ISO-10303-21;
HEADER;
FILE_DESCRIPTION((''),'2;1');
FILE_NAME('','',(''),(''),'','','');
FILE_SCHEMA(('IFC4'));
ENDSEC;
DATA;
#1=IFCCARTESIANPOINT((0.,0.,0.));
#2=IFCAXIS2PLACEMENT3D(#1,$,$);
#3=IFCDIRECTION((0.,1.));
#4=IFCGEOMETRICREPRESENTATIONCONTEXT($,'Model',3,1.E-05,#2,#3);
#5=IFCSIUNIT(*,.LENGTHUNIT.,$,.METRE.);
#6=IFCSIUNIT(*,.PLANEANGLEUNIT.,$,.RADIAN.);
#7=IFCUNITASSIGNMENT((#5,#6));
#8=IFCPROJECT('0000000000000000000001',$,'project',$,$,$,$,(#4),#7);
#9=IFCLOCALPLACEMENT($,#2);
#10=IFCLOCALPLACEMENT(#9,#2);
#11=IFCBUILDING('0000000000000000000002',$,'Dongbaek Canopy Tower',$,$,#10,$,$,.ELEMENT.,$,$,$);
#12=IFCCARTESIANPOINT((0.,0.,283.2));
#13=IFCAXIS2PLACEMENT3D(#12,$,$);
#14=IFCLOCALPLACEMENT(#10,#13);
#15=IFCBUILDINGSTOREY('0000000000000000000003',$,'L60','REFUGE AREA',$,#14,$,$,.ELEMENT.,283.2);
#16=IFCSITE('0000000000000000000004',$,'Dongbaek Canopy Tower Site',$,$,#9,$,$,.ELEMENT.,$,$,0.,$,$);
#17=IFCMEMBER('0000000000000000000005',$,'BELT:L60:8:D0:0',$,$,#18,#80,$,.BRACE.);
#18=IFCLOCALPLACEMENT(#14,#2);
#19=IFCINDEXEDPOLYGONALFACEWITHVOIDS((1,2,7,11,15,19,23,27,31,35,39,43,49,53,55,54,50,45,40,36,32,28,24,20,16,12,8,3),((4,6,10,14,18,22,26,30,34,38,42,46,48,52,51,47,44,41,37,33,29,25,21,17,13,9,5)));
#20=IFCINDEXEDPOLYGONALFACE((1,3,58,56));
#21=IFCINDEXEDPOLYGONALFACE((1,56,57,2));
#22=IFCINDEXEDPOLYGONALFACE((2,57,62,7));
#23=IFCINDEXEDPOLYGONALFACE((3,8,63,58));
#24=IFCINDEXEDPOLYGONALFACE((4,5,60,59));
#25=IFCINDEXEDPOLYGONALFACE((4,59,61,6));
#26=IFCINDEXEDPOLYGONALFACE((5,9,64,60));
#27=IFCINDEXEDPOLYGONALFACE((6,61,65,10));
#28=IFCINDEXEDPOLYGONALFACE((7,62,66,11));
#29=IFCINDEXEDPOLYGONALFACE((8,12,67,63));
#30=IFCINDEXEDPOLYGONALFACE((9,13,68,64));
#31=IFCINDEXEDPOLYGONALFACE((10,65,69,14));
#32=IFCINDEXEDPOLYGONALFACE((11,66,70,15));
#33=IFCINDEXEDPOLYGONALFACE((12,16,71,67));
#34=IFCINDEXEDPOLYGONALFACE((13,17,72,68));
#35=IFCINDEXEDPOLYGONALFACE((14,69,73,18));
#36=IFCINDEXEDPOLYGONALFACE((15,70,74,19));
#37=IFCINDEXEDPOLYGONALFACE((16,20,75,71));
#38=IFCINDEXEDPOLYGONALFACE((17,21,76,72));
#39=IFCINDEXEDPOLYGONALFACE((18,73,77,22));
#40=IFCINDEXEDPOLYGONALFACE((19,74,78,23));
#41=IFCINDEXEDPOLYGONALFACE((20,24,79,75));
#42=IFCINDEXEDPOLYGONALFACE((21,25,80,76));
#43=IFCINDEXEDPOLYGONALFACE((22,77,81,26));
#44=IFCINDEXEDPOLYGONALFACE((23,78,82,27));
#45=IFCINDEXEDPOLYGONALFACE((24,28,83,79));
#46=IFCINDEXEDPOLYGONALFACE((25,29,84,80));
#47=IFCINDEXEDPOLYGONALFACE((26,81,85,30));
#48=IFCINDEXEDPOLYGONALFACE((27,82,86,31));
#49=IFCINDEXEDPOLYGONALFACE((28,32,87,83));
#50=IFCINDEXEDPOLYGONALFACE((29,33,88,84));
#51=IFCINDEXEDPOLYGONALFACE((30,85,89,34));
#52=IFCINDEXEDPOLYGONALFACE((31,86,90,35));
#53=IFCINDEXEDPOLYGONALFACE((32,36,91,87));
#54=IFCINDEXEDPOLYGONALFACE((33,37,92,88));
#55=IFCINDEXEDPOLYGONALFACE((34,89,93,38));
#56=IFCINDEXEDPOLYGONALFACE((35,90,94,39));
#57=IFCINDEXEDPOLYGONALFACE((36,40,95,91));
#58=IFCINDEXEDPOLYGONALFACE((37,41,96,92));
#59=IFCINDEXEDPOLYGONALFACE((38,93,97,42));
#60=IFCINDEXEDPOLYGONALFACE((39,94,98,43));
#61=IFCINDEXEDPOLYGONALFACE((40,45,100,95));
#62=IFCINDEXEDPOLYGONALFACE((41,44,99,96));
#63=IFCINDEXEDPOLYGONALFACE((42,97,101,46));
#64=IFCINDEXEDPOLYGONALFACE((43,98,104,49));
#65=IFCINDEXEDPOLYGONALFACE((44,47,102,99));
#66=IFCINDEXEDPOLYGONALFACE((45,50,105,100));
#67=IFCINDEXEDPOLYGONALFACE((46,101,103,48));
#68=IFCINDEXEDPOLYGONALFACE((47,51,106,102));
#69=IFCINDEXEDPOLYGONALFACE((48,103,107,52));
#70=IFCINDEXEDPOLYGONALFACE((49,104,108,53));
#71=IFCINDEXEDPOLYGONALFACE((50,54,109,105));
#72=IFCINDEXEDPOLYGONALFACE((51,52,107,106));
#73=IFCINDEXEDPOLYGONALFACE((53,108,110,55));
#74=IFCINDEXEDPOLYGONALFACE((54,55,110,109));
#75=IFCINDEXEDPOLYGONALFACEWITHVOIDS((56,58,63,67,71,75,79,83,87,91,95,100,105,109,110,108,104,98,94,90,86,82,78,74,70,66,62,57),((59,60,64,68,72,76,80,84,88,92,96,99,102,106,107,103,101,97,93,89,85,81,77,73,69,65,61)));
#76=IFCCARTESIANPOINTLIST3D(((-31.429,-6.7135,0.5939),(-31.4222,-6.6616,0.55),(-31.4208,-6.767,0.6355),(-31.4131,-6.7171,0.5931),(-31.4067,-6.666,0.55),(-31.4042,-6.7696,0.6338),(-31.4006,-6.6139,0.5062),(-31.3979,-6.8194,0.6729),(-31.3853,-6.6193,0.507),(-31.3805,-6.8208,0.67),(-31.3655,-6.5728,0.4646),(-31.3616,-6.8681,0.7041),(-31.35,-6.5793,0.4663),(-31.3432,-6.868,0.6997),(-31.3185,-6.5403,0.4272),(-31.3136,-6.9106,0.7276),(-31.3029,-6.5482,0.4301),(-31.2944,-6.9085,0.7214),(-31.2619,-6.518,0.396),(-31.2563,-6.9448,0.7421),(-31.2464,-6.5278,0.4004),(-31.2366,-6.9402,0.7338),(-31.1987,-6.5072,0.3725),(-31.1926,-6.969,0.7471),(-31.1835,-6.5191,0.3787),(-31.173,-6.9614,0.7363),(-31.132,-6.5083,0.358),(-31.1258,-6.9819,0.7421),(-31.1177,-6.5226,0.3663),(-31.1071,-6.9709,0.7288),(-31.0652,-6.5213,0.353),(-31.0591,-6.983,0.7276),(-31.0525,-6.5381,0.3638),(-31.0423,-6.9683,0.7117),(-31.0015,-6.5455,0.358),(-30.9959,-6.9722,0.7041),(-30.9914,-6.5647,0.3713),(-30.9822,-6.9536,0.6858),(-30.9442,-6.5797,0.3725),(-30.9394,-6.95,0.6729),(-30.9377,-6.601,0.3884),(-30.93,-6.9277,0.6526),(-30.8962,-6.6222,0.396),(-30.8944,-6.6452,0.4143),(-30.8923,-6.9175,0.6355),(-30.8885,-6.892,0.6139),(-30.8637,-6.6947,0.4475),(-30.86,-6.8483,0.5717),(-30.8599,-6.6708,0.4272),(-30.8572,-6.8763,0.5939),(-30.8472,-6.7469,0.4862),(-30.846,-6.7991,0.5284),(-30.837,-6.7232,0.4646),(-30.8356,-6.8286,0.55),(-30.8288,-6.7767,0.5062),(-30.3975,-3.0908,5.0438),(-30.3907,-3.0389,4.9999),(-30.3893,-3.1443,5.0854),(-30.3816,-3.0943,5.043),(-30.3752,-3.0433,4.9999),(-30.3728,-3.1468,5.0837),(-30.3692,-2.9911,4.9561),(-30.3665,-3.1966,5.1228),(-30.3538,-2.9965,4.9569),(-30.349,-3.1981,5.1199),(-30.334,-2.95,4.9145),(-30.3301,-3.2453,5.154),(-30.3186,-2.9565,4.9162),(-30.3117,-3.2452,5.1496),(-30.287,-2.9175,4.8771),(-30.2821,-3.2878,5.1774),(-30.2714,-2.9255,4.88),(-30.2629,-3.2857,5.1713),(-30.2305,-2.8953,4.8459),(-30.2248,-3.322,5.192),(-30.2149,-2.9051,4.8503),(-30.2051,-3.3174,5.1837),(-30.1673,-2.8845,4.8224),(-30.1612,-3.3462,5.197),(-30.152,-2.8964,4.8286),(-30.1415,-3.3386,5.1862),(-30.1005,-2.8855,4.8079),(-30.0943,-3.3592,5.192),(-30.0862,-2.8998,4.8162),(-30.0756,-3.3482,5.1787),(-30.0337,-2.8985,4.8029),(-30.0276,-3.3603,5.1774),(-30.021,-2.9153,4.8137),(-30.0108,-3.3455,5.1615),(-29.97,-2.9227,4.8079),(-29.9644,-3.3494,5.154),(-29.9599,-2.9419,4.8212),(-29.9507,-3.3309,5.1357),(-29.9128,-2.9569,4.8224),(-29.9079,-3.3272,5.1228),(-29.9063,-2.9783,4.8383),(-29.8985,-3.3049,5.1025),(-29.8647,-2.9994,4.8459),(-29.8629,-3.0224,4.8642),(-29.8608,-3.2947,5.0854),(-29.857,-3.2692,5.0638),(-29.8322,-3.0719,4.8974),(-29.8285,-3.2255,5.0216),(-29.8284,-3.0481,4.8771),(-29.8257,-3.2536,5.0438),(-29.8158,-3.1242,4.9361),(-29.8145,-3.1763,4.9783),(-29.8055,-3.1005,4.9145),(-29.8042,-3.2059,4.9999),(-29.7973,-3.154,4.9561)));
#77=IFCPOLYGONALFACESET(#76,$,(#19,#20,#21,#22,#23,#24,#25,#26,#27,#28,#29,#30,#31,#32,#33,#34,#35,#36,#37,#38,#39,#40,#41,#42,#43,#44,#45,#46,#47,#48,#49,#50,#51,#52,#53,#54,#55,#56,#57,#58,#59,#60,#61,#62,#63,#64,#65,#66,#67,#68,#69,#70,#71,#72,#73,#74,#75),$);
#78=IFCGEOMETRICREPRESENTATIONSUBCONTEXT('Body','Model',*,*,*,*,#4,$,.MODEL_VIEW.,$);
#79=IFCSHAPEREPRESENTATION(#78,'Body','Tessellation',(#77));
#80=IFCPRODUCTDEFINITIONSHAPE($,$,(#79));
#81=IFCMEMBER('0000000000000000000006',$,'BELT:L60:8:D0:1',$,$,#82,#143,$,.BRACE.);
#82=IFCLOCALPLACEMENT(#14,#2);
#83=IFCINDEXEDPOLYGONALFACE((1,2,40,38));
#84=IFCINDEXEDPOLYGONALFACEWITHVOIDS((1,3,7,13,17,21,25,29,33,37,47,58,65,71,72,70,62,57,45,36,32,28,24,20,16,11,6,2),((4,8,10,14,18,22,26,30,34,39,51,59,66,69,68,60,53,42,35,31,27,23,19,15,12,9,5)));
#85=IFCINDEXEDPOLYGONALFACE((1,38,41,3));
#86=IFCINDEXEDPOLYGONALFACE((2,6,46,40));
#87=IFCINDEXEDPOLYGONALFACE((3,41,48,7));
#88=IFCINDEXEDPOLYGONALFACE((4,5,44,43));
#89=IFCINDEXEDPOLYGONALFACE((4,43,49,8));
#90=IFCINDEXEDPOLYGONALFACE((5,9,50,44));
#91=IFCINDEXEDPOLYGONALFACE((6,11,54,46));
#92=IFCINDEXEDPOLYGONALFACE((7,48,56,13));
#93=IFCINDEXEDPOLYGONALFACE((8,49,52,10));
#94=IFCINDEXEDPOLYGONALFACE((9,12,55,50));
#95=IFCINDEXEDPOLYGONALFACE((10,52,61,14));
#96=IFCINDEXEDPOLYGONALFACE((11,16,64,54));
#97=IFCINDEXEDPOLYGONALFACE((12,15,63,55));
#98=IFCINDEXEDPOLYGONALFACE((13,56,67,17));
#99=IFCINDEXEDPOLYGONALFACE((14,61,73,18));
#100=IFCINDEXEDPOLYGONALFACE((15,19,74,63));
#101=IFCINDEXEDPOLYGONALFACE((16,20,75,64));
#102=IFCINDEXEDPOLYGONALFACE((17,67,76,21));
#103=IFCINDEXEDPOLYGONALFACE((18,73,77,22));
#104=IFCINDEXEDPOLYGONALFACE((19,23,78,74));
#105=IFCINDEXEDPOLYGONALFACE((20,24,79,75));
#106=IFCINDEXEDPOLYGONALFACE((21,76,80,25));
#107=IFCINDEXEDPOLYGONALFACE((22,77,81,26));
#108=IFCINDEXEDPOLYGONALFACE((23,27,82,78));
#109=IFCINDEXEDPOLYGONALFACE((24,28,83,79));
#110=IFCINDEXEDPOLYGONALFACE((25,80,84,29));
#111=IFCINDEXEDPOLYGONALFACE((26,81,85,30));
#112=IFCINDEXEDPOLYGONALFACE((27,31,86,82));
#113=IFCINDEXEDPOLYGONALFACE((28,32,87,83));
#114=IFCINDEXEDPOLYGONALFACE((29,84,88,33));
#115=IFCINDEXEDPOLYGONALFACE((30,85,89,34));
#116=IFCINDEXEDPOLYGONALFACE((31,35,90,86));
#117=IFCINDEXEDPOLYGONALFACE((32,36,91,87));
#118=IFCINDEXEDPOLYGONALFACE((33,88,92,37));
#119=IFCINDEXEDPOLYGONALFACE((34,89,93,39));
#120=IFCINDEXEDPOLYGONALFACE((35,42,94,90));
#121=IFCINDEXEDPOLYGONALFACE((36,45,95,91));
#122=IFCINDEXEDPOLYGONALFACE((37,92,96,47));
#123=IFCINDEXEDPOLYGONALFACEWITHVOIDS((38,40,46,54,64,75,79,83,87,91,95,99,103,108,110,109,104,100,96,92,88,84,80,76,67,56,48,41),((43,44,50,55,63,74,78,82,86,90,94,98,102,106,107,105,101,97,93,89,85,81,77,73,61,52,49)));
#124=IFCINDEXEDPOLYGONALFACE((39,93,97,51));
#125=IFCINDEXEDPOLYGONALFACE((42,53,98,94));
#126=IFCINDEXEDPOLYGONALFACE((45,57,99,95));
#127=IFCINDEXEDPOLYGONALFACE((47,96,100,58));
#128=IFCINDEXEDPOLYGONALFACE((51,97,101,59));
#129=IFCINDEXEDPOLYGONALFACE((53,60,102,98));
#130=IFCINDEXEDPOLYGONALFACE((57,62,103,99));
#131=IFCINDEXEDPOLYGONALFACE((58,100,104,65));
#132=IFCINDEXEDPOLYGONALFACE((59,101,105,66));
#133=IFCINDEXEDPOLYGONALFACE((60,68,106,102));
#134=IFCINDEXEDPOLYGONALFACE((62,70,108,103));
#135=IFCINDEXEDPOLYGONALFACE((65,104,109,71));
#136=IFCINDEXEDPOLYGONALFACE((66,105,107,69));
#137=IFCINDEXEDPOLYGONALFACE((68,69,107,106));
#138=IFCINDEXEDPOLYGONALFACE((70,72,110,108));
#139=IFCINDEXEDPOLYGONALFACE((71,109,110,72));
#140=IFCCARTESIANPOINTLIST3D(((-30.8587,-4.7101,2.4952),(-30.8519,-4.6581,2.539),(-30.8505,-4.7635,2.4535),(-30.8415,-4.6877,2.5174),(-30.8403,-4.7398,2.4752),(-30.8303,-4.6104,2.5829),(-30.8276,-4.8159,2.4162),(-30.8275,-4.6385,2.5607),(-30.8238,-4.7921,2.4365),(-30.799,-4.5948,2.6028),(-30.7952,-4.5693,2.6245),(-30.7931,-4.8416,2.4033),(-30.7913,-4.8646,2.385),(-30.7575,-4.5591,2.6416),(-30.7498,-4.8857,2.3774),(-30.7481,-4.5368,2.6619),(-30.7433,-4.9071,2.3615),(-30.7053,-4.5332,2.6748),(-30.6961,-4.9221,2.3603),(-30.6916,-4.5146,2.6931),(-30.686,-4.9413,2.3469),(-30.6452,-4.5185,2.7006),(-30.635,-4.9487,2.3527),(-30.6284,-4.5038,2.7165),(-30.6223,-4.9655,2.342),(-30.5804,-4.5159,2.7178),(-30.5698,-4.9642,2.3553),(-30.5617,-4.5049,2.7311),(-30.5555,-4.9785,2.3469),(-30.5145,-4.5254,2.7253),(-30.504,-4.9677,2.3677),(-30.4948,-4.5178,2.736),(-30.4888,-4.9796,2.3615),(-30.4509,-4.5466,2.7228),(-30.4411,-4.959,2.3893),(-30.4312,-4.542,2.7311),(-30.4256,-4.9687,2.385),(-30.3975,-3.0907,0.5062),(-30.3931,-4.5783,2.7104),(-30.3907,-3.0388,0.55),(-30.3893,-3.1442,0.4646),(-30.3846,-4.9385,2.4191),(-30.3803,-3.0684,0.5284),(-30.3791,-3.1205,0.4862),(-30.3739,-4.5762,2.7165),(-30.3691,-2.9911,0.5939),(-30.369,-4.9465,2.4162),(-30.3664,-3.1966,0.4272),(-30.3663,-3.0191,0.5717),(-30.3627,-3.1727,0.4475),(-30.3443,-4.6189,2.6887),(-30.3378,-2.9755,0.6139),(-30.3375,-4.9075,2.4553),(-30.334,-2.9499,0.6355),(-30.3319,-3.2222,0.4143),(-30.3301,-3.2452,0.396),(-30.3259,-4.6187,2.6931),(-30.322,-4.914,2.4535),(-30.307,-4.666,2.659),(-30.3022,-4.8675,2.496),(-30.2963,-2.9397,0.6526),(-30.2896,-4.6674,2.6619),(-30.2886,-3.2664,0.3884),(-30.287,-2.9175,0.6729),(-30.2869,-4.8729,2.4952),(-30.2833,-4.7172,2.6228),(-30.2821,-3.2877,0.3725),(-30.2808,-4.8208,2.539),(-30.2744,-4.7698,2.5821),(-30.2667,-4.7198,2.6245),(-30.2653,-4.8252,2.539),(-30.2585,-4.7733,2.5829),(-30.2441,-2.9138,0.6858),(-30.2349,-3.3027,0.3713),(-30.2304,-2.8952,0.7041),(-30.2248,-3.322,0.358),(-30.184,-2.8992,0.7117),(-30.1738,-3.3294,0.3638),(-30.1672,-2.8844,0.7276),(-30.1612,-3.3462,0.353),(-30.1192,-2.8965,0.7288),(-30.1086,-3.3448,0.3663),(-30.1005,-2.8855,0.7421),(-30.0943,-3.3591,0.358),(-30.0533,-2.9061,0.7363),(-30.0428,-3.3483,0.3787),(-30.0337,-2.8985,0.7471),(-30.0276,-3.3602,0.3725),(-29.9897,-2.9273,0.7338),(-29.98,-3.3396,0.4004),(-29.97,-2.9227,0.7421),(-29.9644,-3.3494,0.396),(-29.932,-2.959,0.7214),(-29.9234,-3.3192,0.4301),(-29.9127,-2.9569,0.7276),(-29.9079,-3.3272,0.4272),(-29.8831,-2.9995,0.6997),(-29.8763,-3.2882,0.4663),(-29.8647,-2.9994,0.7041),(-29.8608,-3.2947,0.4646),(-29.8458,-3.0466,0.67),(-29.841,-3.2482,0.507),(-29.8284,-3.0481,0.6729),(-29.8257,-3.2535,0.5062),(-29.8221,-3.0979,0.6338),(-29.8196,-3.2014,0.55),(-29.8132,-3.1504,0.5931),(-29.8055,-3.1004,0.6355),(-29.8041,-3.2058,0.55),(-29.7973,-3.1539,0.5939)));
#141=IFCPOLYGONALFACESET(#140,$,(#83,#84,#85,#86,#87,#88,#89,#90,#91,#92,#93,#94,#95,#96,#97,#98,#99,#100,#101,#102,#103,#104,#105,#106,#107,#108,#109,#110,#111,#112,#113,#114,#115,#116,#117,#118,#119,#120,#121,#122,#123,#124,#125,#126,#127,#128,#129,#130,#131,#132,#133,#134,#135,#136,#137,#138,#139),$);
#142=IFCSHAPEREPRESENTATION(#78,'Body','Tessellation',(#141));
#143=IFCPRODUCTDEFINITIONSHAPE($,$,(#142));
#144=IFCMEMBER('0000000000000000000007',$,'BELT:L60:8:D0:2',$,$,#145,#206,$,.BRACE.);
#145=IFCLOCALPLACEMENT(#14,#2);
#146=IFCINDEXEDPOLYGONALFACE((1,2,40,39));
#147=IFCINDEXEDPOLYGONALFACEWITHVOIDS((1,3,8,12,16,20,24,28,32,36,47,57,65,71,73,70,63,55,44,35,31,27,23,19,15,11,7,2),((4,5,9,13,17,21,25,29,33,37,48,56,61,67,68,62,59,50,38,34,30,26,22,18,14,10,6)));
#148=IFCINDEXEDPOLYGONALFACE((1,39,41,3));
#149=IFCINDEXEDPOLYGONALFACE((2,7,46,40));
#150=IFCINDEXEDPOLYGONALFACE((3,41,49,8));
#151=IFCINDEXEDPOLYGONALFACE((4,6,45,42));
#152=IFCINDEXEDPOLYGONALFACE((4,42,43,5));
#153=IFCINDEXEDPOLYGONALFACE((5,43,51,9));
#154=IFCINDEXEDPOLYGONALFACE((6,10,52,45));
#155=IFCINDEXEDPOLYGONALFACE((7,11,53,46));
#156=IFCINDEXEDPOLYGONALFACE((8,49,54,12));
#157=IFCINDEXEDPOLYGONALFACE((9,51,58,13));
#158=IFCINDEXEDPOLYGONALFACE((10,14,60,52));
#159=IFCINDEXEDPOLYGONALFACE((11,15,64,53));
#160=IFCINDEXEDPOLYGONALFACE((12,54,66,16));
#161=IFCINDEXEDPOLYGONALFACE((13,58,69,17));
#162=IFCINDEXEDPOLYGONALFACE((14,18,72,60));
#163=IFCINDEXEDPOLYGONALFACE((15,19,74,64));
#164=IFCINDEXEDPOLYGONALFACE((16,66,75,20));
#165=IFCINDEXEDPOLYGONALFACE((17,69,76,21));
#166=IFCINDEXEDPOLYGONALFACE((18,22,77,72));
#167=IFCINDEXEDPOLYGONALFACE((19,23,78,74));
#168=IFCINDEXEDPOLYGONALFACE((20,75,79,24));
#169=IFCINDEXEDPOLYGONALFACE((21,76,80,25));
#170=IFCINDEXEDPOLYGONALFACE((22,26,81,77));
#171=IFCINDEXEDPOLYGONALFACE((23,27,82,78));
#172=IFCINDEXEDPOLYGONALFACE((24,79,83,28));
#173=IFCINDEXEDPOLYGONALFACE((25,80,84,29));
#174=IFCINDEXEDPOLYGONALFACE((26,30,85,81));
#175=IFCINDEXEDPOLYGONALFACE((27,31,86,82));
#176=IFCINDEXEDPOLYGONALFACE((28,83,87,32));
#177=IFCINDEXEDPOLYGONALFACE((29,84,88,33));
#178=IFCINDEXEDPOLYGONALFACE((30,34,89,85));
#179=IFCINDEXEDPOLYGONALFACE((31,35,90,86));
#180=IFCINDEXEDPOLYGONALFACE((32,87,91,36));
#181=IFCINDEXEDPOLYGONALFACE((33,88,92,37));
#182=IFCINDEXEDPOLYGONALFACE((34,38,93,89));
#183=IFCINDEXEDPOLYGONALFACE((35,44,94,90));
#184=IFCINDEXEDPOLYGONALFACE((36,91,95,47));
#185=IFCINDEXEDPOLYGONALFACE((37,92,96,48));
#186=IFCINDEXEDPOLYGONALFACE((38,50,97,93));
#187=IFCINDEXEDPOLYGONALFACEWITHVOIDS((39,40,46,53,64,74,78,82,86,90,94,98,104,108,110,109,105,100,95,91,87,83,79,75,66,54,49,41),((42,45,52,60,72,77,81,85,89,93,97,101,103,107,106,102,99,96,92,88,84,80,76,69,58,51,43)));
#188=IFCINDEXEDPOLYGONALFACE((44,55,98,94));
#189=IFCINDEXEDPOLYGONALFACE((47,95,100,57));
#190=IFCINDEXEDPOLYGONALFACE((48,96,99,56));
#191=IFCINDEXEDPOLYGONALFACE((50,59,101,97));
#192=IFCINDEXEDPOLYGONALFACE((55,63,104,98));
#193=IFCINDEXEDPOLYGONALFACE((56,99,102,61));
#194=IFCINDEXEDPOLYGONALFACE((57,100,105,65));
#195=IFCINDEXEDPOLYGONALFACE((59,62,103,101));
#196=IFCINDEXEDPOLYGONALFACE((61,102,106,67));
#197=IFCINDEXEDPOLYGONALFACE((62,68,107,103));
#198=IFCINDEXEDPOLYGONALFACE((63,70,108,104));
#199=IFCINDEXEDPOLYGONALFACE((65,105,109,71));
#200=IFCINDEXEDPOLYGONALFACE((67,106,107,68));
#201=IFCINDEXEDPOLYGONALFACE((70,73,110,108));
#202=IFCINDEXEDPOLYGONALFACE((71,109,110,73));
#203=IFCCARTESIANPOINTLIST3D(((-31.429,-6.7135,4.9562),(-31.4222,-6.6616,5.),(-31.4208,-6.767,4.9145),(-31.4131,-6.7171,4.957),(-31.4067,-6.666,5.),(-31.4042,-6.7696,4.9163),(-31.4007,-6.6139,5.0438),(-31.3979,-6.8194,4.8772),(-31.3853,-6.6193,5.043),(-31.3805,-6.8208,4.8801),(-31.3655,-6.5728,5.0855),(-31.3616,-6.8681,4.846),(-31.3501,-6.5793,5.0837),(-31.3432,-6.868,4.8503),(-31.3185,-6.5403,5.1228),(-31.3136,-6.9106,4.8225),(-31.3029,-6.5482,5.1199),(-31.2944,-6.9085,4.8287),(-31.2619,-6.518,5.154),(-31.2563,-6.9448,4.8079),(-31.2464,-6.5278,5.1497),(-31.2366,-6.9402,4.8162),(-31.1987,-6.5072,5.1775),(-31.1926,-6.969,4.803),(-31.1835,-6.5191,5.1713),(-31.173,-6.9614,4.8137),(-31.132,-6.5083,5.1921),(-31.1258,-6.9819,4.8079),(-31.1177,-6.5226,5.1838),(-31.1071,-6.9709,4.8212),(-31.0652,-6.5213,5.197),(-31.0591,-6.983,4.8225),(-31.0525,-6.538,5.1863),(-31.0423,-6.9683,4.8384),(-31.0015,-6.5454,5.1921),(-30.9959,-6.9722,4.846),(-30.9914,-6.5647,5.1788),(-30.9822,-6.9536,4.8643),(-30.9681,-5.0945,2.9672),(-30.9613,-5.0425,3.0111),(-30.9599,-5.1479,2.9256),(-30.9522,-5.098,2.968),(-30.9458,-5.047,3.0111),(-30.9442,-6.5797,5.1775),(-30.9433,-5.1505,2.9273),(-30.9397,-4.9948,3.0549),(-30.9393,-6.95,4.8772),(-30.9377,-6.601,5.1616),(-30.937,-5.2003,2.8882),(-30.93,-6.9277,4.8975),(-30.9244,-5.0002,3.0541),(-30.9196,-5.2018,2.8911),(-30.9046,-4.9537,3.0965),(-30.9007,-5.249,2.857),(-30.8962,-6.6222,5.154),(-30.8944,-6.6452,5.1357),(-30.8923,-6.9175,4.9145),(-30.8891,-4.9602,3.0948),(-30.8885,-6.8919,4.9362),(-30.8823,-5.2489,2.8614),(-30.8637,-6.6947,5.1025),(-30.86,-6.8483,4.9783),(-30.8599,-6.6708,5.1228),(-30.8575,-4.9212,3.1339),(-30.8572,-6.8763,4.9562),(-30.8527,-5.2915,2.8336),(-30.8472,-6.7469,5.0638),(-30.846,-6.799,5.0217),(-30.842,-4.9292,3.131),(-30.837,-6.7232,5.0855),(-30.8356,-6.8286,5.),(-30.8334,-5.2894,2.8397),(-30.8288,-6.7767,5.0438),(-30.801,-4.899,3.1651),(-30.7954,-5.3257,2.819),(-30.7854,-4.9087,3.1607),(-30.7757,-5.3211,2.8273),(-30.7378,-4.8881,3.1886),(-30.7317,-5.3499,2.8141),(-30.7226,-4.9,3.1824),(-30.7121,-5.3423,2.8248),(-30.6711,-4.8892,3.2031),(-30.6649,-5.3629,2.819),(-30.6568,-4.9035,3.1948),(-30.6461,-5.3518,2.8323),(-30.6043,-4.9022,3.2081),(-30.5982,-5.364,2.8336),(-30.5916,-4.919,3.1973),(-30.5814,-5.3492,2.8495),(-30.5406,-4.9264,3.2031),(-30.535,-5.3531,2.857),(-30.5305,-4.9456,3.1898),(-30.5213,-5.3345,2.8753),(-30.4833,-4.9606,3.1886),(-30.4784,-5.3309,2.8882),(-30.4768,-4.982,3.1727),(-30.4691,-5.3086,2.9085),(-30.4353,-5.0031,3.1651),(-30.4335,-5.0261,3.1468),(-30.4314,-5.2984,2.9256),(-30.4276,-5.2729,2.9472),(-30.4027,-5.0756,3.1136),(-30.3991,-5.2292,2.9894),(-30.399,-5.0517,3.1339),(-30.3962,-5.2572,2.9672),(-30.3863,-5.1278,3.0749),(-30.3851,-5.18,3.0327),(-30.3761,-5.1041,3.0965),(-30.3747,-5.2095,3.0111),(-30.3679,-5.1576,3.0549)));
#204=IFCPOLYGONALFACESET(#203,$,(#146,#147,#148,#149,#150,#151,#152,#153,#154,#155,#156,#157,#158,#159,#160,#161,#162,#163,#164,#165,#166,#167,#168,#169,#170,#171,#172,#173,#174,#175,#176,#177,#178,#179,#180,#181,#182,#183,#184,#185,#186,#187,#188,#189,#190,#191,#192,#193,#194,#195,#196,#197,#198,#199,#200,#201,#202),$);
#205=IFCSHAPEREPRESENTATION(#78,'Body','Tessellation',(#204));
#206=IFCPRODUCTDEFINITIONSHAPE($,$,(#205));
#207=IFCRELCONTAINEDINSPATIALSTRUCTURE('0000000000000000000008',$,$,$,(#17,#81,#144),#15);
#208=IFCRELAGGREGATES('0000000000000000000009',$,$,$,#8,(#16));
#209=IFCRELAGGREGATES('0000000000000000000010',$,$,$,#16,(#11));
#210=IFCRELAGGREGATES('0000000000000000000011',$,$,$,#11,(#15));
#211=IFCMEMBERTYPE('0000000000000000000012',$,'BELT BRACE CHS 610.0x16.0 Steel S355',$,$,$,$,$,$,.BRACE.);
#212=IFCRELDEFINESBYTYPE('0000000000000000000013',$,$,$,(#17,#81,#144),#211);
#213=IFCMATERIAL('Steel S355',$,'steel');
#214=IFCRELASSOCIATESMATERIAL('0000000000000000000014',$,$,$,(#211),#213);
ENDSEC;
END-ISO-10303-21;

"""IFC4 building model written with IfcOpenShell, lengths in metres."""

from ifc_helpers import new_model, si_unit, direction, frame, origin, origin_2d, place, context, subcontext, project, spatial, hollow_circle, extrude, material, material_profile, profile_set, type_object, element, save


model = new_model("IFC4")

# Units and contexts
model_context = context("Model", 3, precision=1e-05, world=origin(), true_north=direction((0.0, 1.0)))
body_context = subcontext(model_context, "Body", "Model", "MODEL_VIEW")
ifc_project = project(units=[si_unit("LENGTHUNIT", "METRE"), si_unit("PLANEANGLEUNIT", "RADIAN")], contexts=[model_context])

# Site, building, storey
site_placement = place(None, origin())
site = spatial("IfcSite", under=ifc_project, at=site_placement, Name="Dongbaek Canopy Tower Site", CompositionType="ELEMENT", RefElevation=0.0)
building_placement = place(site_placement, origin())
building = spatial("IfcBuilding", under=site, at=building_placement, Name="Dongbaek Canopy Tower", CompositionType="ELEMENT")
storey_placement = place(building_placement, frame((0.0, 0.0, 283.2)))
storey = spatial("IfcBuildingStorey", under=building, at=storey_placement, Name="L60", Description="REFUGE AREA", CompositionType="ELEMENT", Elevation=283.2)

# Members
ifc_material_1 = material(Name="Steel S355", Category="steel")
ifc_material_profile_1 = material_profile(ifc_material_1, hollow_circle(Radius=0.3049, WallThickness=0.0161, at=origin_2d()), Name="BELT BRACE CHS 610.0x16.0 Steel S355")
ifc_profile_set_1 = profile_set([ifc_material_profile_1], Name="Steel S355")
member_type_1 = type_object("IfcMemberType", Name="BELT BRACE CHS 610.0x16.0 Steel S355", PredefinedType="BRACE", material=ifc_profile_set_1)
member_1_placement = place(storey_placement, frame((-31.1289, -6.7451, 0.55), z_axis=(0.176924, 0.62139, 0.763264), x_axis=(-0.961775, 0.273839, 0.0)))
element("IfcMember", 1, at=member_1_placement, inside=storey, type_object=member_type_1, Name="BELT:L60:8:D0:0", PredefinedType="BRACE", context=body_context, shape_type="SweptSolid", body=[
    extrude(hollow_circle(Radius=0.3049, WallThickness=0.0161, at=origin_2d()), origin(), (0.0, 0.0, 1.0), 5.8301),
])
member_2_placement = place(storey_placement, frame((-30.0974, -3.1223, 0.55), z_axis=(-0.176969, -0.621405, 0.763242), x_axis=(0.961759, -0.273898, 0.0)))
element("IfcMember", 2, at=member_2_placement, inside=storey, type_object=member_type_1, Name="BELT:L60:8:D0:1", PredefinedType="BRACE", context=body_context, shape_type="SweptSolid", body=[
    extrude(hollow_circle(Radius=0.3049, WallThickness=0.0161, at=origin_2d()), origin(), (0.0, 0.0, 1.0), 2.606),
])
member_3_placement = place(storey_placement, frame((-31.1289, -6.7451, 5.0), z_axis=(0.176888, 0.621357, -0.763299), x_axis=(-0.961786, 0.273802, 0.0)))
element("IfcMember", 3, at=member_3_placement, inside=storey, type_object=member_type_1, Name="BELT:L60:8:D0:2", PredefinedType="BRACE", context=body_context, shape_type="SweptSolid", body=[
    extrude(hollow_circle(Radius=0.3049, WallThickness=0.0161, at=origin_2d()), origin(), (0.0, 0.0, 1.0), 2.6057),
])

save(model, "model.ifc")
